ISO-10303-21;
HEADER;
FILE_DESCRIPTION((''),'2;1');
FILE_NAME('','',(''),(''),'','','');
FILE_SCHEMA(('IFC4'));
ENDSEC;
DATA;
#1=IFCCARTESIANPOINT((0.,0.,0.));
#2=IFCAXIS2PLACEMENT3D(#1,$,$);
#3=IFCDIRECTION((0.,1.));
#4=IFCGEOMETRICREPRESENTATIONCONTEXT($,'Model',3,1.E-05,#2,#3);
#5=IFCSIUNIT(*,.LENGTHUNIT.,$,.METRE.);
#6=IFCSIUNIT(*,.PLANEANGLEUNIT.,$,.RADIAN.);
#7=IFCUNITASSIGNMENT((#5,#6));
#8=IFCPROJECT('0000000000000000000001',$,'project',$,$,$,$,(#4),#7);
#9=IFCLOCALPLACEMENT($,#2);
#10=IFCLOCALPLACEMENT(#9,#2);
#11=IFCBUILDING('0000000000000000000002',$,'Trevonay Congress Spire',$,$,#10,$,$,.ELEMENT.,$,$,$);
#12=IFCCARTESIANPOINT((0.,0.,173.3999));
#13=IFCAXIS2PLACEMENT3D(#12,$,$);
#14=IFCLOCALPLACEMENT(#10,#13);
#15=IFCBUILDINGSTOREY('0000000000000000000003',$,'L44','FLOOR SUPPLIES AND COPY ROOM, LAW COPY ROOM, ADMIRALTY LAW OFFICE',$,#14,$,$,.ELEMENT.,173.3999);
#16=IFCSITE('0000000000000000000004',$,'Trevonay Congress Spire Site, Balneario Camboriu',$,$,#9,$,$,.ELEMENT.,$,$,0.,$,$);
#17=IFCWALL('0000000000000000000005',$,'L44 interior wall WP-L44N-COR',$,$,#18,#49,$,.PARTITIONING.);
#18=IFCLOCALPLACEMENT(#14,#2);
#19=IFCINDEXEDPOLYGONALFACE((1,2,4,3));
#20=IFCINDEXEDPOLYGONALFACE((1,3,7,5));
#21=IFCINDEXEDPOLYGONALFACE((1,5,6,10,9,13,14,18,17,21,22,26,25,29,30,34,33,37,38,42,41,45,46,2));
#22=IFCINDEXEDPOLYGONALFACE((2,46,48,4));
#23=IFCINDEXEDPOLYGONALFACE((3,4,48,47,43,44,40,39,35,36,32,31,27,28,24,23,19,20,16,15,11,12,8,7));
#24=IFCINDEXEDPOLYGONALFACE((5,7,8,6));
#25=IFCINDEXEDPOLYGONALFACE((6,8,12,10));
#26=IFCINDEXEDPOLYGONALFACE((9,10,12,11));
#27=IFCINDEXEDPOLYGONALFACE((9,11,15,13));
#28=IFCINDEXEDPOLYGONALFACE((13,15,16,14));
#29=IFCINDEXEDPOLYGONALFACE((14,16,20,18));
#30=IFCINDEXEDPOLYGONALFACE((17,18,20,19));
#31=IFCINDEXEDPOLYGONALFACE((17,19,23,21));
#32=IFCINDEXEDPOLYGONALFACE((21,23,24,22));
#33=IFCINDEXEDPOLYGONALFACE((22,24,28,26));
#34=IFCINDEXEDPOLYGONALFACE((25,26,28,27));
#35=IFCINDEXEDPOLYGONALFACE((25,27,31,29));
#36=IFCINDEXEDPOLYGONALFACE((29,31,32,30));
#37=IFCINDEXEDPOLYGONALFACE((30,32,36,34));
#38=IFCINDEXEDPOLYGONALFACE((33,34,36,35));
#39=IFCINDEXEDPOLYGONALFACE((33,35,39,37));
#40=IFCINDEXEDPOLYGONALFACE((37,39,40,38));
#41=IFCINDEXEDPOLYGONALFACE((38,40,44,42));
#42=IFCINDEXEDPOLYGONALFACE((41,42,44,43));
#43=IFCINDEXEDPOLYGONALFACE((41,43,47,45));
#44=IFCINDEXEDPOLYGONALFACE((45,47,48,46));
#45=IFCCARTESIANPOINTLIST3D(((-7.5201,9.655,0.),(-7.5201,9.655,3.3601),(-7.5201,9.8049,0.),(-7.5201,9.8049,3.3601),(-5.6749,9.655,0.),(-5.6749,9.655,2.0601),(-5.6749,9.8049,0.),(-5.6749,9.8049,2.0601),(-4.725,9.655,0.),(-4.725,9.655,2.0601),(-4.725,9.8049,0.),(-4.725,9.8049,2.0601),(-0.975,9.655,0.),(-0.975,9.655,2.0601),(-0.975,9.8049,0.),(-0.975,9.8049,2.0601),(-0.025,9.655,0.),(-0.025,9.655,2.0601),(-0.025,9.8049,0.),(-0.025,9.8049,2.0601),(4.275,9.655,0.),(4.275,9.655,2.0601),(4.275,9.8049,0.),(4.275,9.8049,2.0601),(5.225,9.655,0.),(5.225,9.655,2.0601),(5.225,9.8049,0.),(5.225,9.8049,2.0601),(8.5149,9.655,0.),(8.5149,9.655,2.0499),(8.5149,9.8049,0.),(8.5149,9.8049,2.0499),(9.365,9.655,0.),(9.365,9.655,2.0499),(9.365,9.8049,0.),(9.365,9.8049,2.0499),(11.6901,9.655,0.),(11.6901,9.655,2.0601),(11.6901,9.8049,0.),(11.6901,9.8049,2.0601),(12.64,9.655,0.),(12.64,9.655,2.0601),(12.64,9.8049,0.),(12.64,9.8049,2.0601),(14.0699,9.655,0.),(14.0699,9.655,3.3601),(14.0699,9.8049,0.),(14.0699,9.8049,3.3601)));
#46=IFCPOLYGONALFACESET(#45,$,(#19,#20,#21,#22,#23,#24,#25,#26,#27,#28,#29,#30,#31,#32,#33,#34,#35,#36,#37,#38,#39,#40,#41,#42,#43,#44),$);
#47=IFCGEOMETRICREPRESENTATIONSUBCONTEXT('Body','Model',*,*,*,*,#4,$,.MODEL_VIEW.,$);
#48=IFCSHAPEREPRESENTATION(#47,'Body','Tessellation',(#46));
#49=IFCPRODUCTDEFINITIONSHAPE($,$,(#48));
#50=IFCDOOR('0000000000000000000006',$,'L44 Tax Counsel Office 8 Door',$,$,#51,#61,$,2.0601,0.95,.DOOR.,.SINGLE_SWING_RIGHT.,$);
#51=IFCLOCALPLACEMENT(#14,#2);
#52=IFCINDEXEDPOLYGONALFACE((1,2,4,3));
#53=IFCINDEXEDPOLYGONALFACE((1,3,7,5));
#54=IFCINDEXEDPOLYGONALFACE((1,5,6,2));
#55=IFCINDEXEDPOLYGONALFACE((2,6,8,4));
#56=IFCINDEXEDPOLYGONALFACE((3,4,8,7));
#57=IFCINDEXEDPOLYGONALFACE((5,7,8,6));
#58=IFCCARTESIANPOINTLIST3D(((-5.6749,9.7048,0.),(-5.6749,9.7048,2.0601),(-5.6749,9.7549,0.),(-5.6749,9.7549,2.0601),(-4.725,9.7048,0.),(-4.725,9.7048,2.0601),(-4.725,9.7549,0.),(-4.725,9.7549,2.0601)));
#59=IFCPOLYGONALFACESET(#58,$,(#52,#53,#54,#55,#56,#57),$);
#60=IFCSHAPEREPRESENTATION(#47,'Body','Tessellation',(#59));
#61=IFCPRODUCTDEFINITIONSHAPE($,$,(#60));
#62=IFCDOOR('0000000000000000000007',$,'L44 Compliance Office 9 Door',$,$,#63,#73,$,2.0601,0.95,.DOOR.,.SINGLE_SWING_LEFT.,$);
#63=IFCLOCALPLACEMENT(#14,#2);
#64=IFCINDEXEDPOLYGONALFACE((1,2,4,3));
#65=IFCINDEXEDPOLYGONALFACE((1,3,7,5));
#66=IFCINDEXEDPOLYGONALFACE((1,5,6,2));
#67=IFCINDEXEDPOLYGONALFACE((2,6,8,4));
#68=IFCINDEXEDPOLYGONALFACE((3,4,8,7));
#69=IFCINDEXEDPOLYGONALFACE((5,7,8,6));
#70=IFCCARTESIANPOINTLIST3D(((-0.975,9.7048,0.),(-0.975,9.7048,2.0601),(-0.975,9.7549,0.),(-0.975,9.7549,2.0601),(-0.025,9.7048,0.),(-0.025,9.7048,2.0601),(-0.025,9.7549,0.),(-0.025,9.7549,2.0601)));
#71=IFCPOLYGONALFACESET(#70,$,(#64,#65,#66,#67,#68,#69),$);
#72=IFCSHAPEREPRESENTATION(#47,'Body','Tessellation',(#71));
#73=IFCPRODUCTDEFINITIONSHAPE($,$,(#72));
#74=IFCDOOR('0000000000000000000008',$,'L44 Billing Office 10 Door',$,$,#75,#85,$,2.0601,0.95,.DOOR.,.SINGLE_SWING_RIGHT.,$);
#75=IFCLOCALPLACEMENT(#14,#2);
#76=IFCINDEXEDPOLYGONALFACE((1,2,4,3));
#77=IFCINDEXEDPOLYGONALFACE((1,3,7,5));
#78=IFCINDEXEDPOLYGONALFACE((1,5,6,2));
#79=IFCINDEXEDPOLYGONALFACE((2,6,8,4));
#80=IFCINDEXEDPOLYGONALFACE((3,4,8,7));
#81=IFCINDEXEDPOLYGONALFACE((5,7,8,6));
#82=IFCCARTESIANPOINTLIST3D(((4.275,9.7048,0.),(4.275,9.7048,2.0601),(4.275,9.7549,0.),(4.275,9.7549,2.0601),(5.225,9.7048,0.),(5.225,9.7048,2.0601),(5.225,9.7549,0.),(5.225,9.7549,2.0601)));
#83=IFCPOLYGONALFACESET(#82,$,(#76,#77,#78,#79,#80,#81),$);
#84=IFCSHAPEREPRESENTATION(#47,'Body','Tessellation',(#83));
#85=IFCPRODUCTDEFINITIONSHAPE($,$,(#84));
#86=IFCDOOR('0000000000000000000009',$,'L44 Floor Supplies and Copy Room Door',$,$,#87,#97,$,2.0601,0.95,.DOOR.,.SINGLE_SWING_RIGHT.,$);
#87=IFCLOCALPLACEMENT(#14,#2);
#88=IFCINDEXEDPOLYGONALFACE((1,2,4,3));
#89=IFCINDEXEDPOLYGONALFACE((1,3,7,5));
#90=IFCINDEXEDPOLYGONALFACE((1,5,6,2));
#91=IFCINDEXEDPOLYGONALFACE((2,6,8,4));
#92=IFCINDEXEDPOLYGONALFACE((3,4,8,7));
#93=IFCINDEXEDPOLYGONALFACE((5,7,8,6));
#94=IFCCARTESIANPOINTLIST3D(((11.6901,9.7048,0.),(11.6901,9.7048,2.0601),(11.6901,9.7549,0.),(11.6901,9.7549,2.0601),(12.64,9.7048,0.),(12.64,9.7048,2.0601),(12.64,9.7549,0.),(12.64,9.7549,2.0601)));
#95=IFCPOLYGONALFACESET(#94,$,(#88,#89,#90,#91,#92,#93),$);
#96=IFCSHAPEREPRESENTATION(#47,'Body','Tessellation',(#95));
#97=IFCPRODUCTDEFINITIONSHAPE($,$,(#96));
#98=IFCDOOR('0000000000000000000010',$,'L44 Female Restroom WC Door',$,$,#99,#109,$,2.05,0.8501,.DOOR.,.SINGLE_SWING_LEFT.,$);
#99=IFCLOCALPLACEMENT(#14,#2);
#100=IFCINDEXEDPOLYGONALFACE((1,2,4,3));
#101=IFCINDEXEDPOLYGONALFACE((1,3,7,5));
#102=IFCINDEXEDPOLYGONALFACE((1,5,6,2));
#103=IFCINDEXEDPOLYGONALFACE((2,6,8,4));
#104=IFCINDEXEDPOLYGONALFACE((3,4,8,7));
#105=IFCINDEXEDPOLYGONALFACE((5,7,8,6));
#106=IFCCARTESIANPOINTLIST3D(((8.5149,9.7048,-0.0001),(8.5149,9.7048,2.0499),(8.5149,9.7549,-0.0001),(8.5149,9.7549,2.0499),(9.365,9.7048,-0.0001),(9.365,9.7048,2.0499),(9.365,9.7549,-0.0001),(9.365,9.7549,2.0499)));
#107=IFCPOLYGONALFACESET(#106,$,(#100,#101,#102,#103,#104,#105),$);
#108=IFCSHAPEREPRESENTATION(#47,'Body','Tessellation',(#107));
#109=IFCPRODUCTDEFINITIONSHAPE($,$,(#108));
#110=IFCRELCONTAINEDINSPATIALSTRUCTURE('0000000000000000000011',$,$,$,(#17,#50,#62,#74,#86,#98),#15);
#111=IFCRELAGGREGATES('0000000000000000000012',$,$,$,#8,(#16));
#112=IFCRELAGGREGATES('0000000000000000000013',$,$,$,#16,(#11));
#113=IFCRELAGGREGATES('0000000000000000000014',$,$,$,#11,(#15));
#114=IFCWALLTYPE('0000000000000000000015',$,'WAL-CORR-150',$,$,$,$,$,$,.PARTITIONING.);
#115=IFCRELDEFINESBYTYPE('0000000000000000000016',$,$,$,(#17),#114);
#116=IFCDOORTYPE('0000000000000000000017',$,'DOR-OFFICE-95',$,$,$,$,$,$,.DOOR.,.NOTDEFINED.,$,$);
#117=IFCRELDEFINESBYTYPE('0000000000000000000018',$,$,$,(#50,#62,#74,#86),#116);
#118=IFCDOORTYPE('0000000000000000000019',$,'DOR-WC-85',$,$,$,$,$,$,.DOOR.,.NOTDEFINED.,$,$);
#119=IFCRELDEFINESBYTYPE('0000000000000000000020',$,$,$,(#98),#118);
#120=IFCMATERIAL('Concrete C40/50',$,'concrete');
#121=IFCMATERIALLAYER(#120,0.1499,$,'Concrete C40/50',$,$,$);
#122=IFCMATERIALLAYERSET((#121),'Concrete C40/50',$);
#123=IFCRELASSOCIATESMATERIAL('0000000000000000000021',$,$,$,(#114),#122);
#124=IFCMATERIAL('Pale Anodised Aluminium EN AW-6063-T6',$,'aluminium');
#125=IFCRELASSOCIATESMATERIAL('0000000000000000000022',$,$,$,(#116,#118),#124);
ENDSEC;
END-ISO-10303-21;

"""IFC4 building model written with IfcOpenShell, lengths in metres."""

from ifc_helpers import new_model, si_unit, direction, frame, frame_2d, origin, place, context, subcontext, project, spatial, rectangle, extrude, material, layer, layer_set, type_object, element, fill, save


model = new_model("IFC4")

# Units and contexts
model_context = context("Model", 3, precision=1e-05, world=origin(), true_north=direction((0.0, 1.0)))
body_context = subcontext(model_context, "Body", "Model", "MODEL_VIEW")
ifc_project = project(units=[si_unit("LENGTHUNIT", "METRE"), si_unit("PLANEANGLEUNIT", "RADIAN")], contexts=[model_context])

# Site, building, storey
site_placement = place(None, origin())
site = spatial("IfcSite", under=ifc_project, at=site_placement, Name="Trevonay Congress Spire Site, Balneario Camboriu", CompositionType="ELEMENT", RefElevation=0.0)
building_placement = place(site_placement, origin())
building = spatial("IfcBuilding", under=site, at=building_placement, Name="Trevonay Congress Spire", CompositionType="ELEMENT")
storey_placement = place(building_placement, frame((0.0, 0.0, 173.3999)))
storey = spatial("IfcBuildingStorey", under=building, at=storey_placement, Name="L44", Description="FLOOR SUPPLIES AND COPY ROOM, LAW COPY ROOM, ADMIRALTY LAW OFFICE", CompositionType="ELEMENT", Elevation=173.3999)

# Shared definitions
ifc_material_1 = material(Name="Pale Anodised Aluminium EN AW-6063-T6", Category="aluminium")

# Wall, openings, doors
ifc_material_2 = material(Name="Concrete C40/50", Category="concrete")
ifc_layer_1 = layer(ifc_material_2, 0.1499, Name="Concrete C40/50")
ifc_layer_set_1 = layer_set([ifc_layer_1], Name="Concrete C40/50")
wall_type_1 = type_object("IfcWallType", Name="WAL-CORR-150", PredefinedType="PARTITIONING", material=ifc_layer_set_1)
wall_1_placement = place(storey_placement, frame((-7.52, 9.73, 0.0), z_axis=(0.0, 0.0, 1.0), x_axis=(1.0, 0.0, 0.0)))
wall_1 = element("IfcWall", 1, at=wall_1_placement, inside=storey, type_object=wall_type_1, Name="L44 interior wall WP-L44N-COR", PredefinedType="PARTITIONING", context=body_context, shape_type="SweptSolid", body=[
    extrude(rectangle(XDim=21.5901, YDim=0.1499, at=frame_2d((10.7949, 0.0))), origin(), (0.0, 0.0, 1.0), 3.3601),
])
opening_1_placement = place(wall_1_placement, frame((1.845, 0.0, 0.0)))
opening_1 = element("IfcOpeningElement", 2, at=opening_1_placement, cuts=wall_1, PredefinedType="OPENING", context=body_context, shape_type="SweptSolid", body=[
    extrude(rectangle(XDim=0.95, YDim=2.0601, at=frame_2d((0.4751, 1.03))), frame((0.0, 0.085, 0.0), z_axis=(0.0, -1.0, 0.0), x_axis=(1.0, 0.0, 0.0)), (0.0, 0.0, 1.0), 0.1699),
])
opening_2_placement = place(wall_1_placement, frame((6.5449, 0.0, 0.0)))
opening_2 = element("IfcOpeningElement", 3, at=opening_2_placement, cuts=wall_1, PredefinedType="OPENING", context=body_context, shape_type="SweptSolid", body=[
    extrude(rectangle(XDim=0.95, YDim=2.0601, at=frame_2d((0.4751, 1.03))), frame((0.0, 0.085, 0.0), z_axis=(0.0, -1.0, 0.0), x_axis=(1.0, 0.0, 0.0)), (0.0, 0.0, 1.0), 0.1699),
])
opening_3_placement = place(wall_1_placement, frame((11.7949, 0.0, 0.0)))
opening_3 = element("IfcOpeningElement", 4, at=opening_3_placement, cuts=wall_1, PredefinedType="OPENING", context=body_context, shape_type="SweptSolid", body=[
    extrude(rectangle(XDim=0.95, YDim=2.0601, at=frame_2d((0.4751, 1.03))), frame((0.0, 0.085, 0.0), z_axis=(0.0, -1.0, 0.0), x_axis=(1.0, 0.0, 0.0)), (0.0, 0.0, 1.0), 0.1699),
])
opening_4_placement = place(wall_1_placement, frame((16.0349, 0.0, 0.0)))
opening_4 = element("IfcOpeningElement", 5, at=opening_4_placement, cuts=wall_1, PredefinedType="OPENING", context=body_context, shape_type="SweptSolid", body=[
    extrude(rectangle(XDim=0.8501, YDim=2.05, at=frame_2d((0.425, 1.0249))), frame((0.0, 0.085, 0.0), z_axis=(0.0, -1.0, 0.0), x_axis=(1.0, 0.0, 0.0)), (0.0, 0.0, 1.0), 0.1699),
])
opening_5_placement = place(wall_1_placement, frame((19.21, 0.0, 0.0)))
opening_5 = element("IfcOpeningElement", 6, at=opening_5_placement, cuts=wall_1, PredefinedType="OPENING", context=body_context, shape_type="SweptSolid", body=[
    extrude(rectangle(XDim=0.95, YDim=2.0601, at=frame_2d((0.4751, 1.03))), frame((0.0, 0.085, 0.0), z_axis=(0.0, -1.0, 0.0), x_axis=(1.0, 0.0, 0.0)), (0.0, 0.0, 1.0), 0.1699),
])
door_type_1 = type_object("IfcDoorType", Name="DOR-OFFICE-95", OperationType="NOTDEFINED", PredefinedType="DOOR", material=ifc_material_1)
door_1_placement = place(opening_1_placement, origin())
door_1 = element("IfcDoor", 7, at=door_1_placement, inside=storey, type_object=door_type_1, Name="L44 Tax Counsel Office 8 Door", OperationType="SINGLE_SWING_RIGHT", OverallHeight=2.0601, OverallWidth=0.95, PredefinedType="DOOR", context=body_context, shape_type="SweptSolid", body=[
    extrude(rectangle(XDim=0.95, YDim=2.0601, at=frame_2d((0.4751, 1.03))), frame((0.0, 0.0249, 0.0), z_axis=(0.0, -1.0, 0.0), x_axis=(1.0, 0.0, 0.0)), (0.0, 0.0, 1.0), 0.05),
])
fill(opening_1, door_1)
door_2_placement = place(opening_2_placement, origin())
door_2 = element("IfcDoor", 8, at=door_2_placement, inside=storey, type_object=door_type_1, Name="L44 Compliance Office 9 Door", OperationType="SINGLE_SWING_LEFT", OverallHeight=2.0601, OverallWidth=0.95, PredefinedType="DOOR", context=body_context, shape_type="SweptSolid", body=[
    extrude(rectangle(XDim=0.95, YDim=2.0601, at=frame_2d((0.4751, 1.03))), frame((0.0, 0.0249, 0.0), z_axis=(0.0, -1.0, 0.0), x_axis=(1.0, 0.0, 0.0)), (0.0, 0.0, 1.0), 0.05),
])
fill(opening_2, door_2)
door_3_placement = place(opening_3_placement, origin())
door_3 = element("IfcDoor", 9, at=door_3_placement, inside=storey, type_object=door_type_1, Name="L44 Billing Office 10 Door", OperationType="SINGLE_SWING_RIGHT", OverallHeight=2.0601, OverallWidth=0.95, PredefinedType="DOOR", context=body_context, shape_type="SweptSolid", body=[
    extrude(rectangle(XDim=0.95, YDim=2.0601, at=frame_2d((0.4751, 1.03))), frame((0.0, 0.0249, 0.0), z_axis=(0.0, -1.0, 0.0), x_axis=(1.0, 0.0, 0.0)), (0.0, 0.0, 1.0), 0.05),
])
fill(opening_3, door_3)
door_4_placement = place(opening_5_placement, origin())
door_4 = element("IfcDoor", 10, at=door_4_placement, inside=storey, type_object=door_type_1, Name="L44 Floor Supplies and Copy Room Door", OperationType="SINGLE_SWING_RIGHT", OverallHeight=2.0601, OverallWidth=0.95, PredefinedType="DOOR", context=body_context, shape_type="SweptSolid", body=[
    extrude(rectangle(XDim=0.95, YDim=2.0601, at=frame_2d((0.4751, 1.03))), frame((0.0, 0.0249, 0.0), z_axis=(0.0, -1.0, 0.0), x_axis=(1.0, 0.0, 0.0)), (0.0, 0.0, 1.0), 0.05),
])
fill(opening_5, door_4)
door_type_2 = type_object("IfcDoorType", Name="DOR-WC-85", OperationType="NOTDEFINED", PredefinedType="DOOR", material=ifc_material_1)
door_5_placement = place(opening_4_placement, origin())
door_5 = element("IfcDoor", 11, at=door_5_placement, inside=storey, type_object=door_type_2, Name="L44 Female Restroom WC Door", OperationType="SINGLE_SWING_LEFT", OverallHeight=2.05, OverallWidth=0.8501, PredefinedType="DOOR", context=body_context, shape_type="SweptSolid", body=[
    extrude(rectangle(XDim=0.8501, YDim=2.05, at=frame_2d((0.425, 1.0249))), frame((0.0, 0.0249, 0.0), z_axis=(0.0, -1.0, 0.0), x_axis=(1.0, 0.0, 0.0)), (0.0, 0.0, 1.0), 0.05),
])
fill(opening_4, door_5)

save(model, "model.ifc")
